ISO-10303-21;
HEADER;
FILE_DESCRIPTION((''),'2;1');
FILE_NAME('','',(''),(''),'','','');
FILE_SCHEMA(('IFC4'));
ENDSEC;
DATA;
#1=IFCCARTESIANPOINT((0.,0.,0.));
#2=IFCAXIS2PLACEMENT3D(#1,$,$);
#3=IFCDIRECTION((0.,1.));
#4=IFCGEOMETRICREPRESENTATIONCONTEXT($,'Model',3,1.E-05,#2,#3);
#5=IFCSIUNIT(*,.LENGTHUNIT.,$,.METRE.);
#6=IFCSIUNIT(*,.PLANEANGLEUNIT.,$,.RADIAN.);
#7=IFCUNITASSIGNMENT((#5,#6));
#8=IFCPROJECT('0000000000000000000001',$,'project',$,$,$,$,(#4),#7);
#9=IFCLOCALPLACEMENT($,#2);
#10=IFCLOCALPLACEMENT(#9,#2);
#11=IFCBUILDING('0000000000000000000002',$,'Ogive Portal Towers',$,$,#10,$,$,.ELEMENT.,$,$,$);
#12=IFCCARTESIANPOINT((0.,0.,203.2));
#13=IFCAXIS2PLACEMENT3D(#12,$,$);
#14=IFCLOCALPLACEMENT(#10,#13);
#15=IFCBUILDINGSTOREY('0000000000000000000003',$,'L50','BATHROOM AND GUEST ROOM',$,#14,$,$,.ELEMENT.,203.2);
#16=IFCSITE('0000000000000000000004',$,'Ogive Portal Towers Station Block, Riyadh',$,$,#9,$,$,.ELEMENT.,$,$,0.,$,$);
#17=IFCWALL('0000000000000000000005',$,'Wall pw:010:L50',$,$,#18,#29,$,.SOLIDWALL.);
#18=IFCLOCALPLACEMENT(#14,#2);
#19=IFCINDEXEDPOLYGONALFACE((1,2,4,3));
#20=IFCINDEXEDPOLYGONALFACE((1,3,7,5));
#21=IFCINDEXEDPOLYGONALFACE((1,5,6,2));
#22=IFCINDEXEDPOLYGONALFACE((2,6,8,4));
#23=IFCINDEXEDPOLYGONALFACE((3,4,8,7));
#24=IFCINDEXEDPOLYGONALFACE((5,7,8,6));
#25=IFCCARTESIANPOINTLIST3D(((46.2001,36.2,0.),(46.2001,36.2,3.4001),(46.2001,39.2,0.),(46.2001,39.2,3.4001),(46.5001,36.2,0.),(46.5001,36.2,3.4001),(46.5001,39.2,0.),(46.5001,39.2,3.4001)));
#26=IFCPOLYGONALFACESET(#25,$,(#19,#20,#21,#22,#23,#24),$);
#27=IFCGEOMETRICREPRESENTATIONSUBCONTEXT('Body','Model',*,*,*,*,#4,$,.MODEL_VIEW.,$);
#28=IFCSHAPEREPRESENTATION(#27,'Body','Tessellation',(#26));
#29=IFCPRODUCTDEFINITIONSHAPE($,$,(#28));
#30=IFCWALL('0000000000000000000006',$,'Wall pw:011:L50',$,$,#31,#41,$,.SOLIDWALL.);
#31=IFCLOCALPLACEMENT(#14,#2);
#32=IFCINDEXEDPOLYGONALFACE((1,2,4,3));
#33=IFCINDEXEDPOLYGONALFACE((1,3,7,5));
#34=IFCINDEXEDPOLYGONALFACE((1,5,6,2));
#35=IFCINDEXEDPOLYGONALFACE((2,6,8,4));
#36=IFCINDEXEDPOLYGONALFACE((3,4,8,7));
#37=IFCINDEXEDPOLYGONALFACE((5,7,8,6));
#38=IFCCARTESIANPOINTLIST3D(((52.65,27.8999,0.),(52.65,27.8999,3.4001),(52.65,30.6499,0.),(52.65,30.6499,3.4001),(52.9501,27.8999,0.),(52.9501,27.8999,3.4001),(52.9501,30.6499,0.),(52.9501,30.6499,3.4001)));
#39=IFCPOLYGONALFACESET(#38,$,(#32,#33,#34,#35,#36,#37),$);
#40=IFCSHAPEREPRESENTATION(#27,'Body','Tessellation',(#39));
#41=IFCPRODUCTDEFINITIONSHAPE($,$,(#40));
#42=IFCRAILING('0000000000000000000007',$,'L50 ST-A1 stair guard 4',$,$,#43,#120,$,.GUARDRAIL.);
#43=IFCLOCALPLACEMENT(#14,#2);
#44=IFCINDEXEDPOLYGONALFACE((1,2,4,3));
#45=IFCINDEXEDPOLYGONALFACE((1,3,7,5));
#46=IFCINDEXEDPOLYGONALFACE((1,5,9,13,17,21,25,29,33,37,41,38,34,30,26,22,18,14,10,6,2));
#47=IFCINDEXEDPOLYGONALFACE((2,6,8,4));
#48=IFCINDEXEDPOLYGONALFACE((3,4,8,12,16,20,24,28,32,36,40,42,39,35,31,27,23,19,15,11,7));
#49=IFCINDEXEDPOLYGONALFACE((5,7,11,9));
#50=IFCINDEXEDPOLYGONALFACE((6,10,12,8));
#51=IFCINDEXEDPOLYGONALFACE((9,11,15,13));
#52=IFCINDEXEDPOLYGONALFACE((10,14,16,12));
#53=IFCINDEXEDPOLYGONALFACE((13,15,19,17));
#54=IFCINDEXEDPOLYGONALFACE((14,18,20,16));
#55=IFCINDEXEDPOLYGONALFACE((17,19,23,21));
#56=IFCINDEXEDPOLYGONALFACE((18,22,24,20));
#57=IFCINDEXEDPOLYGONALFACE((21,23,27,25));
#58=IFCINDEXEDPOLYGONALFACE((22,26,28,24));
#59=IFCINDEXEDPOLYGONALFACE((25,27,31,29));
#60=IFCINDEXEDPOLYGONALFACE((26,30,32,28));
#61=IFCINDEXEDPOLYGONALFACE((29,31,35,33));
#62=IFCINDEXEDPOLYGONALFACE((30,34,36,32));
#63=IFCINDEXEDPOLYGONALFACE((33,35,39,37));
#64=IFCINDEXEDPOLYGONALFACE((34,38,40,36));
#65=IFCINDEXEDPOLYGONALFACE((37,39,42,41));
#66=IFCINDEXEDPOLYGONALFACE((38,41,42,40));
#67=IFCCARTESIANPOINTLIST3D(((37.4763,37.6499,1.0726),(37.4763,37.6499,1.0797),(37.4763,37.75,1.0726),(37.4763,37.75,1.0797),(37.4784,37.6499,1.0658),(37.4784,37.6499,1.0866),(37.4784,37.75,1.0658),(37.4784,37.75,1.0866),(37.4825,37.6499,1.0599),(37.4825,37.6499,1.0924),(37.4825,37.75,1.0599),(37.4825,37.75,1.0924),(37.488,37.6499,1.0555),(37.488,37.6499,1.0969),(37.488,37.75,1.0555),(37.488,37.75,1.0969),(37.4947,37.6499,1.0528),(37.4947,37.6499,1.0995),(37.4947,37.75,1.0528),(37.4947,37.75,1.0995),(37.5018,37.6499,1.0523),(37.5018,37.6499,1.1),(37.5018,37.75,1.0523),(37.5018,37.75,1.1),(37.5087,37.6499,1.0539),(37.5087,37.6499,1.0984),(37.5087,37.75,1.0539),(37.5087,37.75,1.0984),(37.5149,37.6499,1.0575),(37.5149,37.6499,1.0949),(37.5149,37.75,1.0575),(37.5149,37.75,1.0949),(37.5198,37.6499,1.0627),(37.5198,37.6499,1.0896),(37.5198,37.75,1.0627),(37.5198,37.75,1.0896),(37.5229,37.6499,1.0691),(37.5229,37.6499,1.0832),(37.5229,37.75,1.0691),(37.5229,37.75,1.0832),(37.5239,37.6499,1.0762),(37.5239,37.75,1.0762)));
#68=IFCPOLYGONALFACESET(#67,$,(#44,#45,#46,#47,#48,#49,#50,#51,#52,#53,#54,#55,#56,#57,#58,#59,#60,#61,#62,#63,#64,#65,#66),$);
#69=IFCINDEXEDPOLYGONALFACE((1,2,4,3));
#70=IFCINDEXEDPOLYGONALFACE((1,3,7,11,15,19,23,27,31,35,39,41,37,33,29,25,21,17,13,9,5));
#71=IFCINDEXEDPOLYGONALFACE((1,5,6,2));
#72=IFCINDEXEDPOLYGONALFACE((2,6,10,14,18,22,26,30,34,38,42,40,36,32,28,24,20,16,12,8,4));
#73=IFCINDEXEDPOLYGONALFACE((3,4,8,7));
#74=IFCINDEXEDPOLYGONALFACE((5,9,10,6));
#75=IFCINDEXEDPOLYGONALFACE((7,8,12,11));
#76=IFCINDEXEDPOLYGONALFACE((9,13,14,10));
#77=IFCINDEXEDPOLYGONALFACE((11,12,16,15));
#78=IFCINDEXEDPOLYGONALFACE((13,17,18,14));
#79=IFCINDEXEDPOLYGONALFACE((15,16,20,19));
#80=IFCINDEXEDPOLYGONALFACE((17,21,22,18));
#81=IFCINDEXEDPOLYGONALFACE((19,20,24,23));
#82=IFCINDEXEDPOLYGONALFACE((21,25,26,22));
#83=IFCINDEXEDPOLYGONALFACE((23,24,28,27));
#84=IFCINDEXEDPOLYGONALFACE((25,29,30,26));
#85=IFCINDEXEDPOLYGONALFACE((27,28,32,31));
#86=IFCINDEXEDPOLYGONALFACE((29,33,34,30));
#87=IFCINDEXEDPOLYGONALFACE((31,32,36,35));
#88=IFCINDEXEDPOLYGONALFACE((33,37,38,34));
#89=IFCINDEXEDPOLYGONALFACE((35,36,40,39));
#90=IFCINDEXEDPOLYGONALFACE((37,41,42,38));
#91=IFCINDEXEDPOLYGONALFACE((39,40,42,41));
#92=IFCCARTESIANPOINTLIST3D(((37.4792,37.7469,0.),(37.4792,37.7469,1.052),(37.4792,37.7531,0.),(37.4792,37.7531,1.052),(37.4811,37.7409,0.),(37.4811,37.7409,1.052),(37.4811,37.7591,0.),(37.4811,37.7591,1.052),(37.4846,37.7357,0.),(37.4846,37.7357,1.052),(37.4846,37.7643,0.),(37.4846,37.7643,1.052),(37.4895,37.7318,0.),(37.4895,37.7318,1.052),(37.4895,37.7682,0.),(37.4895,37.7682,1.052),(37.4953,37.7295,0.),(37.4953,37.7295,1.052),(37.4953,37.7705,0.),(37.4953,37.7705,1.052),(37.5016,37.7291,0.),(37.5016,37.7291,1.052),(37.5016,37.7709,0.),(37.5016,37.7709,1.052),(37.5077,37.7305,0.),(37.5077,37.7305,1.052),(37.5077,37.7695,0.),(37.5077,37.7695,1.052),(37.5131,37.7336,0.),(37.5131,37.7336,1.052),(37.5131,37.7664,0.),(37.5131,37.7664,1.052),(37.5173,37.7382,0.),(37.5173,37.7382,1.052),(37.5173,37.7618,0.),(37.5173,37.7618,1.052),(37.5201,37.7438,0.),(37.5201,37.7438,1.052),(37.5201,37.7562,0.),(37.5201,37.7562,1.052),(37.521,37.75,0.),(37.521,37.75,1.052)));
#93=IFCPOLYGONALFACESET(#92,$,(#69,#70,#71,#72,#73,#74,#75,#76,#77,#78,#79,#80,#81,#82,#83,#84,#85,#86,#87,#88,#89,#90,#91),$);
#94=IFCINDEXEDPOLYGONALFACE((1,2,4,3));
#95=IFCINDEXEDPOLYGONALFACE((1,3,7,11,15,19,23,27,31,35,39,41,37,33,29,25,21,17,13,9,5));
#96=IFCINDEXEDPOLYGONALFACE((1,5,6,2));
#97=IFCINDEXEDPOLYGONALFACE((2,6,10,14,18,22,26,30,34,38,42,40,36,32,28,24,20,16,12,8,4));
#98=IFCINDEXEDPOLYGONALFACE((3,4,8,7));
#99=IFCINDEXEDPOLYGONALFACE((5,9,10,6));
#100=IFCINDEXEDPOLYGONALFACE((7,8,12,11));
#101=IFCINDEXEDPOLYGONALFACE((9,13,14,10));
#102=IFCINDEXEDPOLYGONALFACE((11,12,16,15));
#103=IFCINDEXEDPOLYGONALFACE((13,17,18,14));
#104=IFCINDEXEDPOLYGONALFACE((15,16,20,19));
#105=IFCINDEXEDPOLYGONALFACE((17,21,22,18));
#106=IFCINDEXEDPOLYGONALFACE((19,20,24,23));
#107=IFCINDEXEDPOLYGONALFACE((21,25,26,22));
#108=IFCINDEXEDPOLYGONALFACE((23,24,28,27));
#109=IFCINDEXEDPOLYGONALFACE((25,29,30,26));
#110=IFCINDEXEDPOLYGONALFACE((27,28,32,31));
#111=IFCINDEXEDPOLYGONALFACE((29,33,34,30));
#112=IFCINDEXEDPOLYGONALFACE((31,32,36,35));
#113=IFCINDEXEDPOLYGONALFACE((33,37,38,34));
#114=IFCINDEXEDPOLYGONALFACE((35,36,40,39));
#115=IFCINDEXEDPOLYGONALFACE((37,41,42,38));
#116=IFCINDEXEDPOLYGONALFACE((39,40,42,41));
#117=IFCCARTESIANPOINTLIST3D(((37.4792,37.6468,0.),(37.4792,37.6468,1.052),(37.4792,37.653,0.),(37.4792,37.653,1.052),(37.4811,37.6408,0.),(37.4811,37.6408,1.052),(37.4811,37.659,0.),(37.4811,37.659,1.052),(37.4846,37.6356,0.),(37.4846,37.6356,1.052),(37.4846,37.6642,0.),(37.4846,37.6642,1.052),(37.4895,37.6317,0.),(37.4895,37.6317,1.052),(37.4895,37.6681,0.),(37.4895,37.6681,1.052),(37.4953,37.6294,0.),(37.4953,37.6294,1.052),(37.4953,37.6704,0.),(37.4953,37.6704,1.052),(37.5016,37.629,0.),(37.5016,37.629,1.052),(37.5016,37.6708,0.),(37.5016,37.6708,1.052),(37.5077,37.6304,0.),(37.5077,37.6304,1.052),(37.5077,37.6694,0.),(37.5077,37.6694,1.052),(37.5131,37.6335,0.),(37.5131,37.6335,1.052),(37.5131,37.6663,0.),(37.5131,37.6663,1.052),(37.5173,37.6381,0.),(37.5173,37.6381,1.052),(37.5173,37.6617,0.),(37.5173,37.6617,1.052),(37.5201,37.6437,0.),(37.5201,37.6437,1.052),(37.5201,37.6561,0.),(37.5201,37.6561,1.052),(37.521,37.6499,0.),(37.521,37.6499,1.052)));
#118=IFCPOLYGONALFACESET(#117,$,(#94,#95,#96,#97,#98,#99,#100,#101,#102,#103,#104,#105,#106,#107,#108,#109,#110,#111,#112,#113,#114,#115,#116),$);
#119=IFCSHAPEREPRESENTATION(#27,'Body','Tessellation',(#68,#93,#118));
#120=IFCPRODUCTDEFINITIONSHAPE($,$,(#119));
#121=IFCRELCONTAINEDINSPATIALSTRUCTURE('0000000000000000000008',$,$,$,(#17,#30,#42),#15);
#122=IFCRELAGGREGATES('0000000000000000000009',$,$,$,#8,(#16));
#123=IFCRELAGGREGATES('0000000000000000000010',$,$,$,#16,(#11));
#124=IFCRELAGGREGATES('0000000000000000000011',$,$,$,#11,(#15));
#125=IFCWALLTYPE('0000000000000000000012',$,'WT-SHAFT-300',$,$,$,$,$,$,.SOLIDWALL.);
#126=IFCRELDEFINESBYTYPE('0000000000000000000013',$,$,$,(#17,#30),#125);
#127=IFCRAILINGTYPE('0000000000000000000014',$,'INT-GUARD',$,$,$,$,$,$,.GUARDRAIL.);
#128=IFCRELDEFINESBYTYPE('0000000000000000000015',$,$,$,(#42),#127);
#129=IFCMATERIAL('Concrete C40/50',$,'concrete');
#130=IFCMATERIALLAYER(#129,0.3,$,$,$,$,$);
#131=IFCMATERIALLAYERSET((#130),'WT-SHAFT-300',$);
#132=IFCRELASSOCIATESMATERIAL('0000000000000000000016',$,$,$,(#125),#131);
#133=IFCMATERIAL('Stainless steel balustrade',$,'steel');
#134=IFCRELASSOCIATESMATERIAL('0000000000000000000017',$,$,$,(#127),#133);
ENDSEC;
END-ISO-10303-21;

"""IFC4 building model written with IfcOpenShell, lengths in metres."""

from ifc_helpers import new_model, si_unit, direction, frame, frame_2d, origin, origin_2d, place, context, subcontext, project, spatial, rectangle, circle, extrude, material, layer, layer_set, type_object, element, save


model = new_model("IFC4")

# Units and contexts
model_context = context("Model", 3, precision=1e-05, world=origin(), true_north=direction((0.0, 1.0)))
body_context = subcontext(model_context, "Body", "Model", "MODEL_VIEW")
ifc_project = project(units=[si_unit("LENGTHUNIT", "METRE"), si_unit("PLANEANGLEUNIT", "RADIAN")], contexts=[model_context])

# Site, building, storey
site_placement = place(None, origin())
site = spatial("IfcSite", under=ifc_project, at=site_placement, Name="Ogive Portal Towers Station Block, Riyadh", CompositionType="ELEMENT", RefElevation=0.0)
building_placement = place(site_placement, origin())
building = spatial("IfcBuilding", under=site, at=building_placement, Name="Ogive Portal Towers", CompositionType="ELEMENT")
storey_placement = place(building_placement, frame((0.0, 0.0, 203.2)))
storey = spatial("IfcBuildingStorey", under=building, at=storey_placement, Name="L50", Description="BATHROOM AND GUEST ROOM", CompositionType="ELEMENT", Elevation=203.2)

# Walls
ifc_material_1 = material(Name="Concrete C40/50", Category="concrete")
ifc_layer_1 = layer(ifc_material_1, 0.3)
ifc_layer_set_1 = layer_set([ifc_layer_1], Name="WT-SHAFT-300")
wall_type_1 = type_object("IfcWallType", Name="WT-SHAFT-300", PredefinedType="SOLIDWALL", material=ifc_layer_set_1)
wall_1_placement = place(storey_placement, frame((46.3501, 36.2, 0.0), z_axis=(0.0, 0.0, 1.0), x_axis=(0.0, 1.0, 0.0)))
element("IfcWall", 1, at=wall_1_placement, inside=storey, type_object=wall_type_1, Name="Wall pw:010:L50", PredefinedType="SOLIDWALL", context=body_context, shape_type="SweptSolid", body=[
    extrude(rectangle(XDim=3.0, YDim=0.3, at=frame_2d((1.5, 0.0))), origin(), (0.0, 0.0, 1.0), 3.4001),
])
wall_2_placement = place(storey_placement, frame((52.8, 27.8999, 0.0), z_axis=(0.0, 0.0, 1.0), x_axis=(0.0, 1.0, 0.0)))
element("IfcWall", 2, at=wall_2_placement, inside=storey, type_object=wall_type_1, Name="Wall pw:011:L50", PredefinedType="SOLIDWALL", context=body_context, shape_type="SweptSolid", body=[
    extrude(rectangle(XDim=2.75, YDim=0.3, at=frame_2d((1.375, 0.0))), origin(), (0.0, 0.0, 1.0), 3.4001),
])

# Railing
ifc_material_2 = material(Name="Stainless steel balustrade", Category="steel")
railing_type_1 = type_object("IfcRailingType", Name="INT-GUARD", PredefinedType="GUARDRAIL", material=ifc_material_2)
railing_1_placement = place(storey_placement, frame((37.5, 37.75, 0.0)))
element("IfcRailing", 3, at=railing_1_placement, inside=storey, type_object=railing_type_1, Name="L50 ST-A1 stair guard 4", PredefinedType="GUARDRAIL", context=body_context, shape_type="SweptSolid", body=[
    extrude(circle(Radius=0.0239, at=origin_2d()), frame((0.0, 0.0, 1.0762), z_axis=(0.0, -1.0, 0.0), x_axis=(1.0, 0.0, 0.0)), (0.0, 0.0, 1.0), 0.1001),
    extrude(circle(Radius=0.021, at=origin_2d()), origin(), (0.0, 0.0, 1.0), 1.052),
    extrude(circle(Radius=0.021, at=origin_2d()), frame((0.0, -0.1001, 0.0)), (0.0, 0.0, 1.0), 1.052),
])

save(model, "model.ifc")
